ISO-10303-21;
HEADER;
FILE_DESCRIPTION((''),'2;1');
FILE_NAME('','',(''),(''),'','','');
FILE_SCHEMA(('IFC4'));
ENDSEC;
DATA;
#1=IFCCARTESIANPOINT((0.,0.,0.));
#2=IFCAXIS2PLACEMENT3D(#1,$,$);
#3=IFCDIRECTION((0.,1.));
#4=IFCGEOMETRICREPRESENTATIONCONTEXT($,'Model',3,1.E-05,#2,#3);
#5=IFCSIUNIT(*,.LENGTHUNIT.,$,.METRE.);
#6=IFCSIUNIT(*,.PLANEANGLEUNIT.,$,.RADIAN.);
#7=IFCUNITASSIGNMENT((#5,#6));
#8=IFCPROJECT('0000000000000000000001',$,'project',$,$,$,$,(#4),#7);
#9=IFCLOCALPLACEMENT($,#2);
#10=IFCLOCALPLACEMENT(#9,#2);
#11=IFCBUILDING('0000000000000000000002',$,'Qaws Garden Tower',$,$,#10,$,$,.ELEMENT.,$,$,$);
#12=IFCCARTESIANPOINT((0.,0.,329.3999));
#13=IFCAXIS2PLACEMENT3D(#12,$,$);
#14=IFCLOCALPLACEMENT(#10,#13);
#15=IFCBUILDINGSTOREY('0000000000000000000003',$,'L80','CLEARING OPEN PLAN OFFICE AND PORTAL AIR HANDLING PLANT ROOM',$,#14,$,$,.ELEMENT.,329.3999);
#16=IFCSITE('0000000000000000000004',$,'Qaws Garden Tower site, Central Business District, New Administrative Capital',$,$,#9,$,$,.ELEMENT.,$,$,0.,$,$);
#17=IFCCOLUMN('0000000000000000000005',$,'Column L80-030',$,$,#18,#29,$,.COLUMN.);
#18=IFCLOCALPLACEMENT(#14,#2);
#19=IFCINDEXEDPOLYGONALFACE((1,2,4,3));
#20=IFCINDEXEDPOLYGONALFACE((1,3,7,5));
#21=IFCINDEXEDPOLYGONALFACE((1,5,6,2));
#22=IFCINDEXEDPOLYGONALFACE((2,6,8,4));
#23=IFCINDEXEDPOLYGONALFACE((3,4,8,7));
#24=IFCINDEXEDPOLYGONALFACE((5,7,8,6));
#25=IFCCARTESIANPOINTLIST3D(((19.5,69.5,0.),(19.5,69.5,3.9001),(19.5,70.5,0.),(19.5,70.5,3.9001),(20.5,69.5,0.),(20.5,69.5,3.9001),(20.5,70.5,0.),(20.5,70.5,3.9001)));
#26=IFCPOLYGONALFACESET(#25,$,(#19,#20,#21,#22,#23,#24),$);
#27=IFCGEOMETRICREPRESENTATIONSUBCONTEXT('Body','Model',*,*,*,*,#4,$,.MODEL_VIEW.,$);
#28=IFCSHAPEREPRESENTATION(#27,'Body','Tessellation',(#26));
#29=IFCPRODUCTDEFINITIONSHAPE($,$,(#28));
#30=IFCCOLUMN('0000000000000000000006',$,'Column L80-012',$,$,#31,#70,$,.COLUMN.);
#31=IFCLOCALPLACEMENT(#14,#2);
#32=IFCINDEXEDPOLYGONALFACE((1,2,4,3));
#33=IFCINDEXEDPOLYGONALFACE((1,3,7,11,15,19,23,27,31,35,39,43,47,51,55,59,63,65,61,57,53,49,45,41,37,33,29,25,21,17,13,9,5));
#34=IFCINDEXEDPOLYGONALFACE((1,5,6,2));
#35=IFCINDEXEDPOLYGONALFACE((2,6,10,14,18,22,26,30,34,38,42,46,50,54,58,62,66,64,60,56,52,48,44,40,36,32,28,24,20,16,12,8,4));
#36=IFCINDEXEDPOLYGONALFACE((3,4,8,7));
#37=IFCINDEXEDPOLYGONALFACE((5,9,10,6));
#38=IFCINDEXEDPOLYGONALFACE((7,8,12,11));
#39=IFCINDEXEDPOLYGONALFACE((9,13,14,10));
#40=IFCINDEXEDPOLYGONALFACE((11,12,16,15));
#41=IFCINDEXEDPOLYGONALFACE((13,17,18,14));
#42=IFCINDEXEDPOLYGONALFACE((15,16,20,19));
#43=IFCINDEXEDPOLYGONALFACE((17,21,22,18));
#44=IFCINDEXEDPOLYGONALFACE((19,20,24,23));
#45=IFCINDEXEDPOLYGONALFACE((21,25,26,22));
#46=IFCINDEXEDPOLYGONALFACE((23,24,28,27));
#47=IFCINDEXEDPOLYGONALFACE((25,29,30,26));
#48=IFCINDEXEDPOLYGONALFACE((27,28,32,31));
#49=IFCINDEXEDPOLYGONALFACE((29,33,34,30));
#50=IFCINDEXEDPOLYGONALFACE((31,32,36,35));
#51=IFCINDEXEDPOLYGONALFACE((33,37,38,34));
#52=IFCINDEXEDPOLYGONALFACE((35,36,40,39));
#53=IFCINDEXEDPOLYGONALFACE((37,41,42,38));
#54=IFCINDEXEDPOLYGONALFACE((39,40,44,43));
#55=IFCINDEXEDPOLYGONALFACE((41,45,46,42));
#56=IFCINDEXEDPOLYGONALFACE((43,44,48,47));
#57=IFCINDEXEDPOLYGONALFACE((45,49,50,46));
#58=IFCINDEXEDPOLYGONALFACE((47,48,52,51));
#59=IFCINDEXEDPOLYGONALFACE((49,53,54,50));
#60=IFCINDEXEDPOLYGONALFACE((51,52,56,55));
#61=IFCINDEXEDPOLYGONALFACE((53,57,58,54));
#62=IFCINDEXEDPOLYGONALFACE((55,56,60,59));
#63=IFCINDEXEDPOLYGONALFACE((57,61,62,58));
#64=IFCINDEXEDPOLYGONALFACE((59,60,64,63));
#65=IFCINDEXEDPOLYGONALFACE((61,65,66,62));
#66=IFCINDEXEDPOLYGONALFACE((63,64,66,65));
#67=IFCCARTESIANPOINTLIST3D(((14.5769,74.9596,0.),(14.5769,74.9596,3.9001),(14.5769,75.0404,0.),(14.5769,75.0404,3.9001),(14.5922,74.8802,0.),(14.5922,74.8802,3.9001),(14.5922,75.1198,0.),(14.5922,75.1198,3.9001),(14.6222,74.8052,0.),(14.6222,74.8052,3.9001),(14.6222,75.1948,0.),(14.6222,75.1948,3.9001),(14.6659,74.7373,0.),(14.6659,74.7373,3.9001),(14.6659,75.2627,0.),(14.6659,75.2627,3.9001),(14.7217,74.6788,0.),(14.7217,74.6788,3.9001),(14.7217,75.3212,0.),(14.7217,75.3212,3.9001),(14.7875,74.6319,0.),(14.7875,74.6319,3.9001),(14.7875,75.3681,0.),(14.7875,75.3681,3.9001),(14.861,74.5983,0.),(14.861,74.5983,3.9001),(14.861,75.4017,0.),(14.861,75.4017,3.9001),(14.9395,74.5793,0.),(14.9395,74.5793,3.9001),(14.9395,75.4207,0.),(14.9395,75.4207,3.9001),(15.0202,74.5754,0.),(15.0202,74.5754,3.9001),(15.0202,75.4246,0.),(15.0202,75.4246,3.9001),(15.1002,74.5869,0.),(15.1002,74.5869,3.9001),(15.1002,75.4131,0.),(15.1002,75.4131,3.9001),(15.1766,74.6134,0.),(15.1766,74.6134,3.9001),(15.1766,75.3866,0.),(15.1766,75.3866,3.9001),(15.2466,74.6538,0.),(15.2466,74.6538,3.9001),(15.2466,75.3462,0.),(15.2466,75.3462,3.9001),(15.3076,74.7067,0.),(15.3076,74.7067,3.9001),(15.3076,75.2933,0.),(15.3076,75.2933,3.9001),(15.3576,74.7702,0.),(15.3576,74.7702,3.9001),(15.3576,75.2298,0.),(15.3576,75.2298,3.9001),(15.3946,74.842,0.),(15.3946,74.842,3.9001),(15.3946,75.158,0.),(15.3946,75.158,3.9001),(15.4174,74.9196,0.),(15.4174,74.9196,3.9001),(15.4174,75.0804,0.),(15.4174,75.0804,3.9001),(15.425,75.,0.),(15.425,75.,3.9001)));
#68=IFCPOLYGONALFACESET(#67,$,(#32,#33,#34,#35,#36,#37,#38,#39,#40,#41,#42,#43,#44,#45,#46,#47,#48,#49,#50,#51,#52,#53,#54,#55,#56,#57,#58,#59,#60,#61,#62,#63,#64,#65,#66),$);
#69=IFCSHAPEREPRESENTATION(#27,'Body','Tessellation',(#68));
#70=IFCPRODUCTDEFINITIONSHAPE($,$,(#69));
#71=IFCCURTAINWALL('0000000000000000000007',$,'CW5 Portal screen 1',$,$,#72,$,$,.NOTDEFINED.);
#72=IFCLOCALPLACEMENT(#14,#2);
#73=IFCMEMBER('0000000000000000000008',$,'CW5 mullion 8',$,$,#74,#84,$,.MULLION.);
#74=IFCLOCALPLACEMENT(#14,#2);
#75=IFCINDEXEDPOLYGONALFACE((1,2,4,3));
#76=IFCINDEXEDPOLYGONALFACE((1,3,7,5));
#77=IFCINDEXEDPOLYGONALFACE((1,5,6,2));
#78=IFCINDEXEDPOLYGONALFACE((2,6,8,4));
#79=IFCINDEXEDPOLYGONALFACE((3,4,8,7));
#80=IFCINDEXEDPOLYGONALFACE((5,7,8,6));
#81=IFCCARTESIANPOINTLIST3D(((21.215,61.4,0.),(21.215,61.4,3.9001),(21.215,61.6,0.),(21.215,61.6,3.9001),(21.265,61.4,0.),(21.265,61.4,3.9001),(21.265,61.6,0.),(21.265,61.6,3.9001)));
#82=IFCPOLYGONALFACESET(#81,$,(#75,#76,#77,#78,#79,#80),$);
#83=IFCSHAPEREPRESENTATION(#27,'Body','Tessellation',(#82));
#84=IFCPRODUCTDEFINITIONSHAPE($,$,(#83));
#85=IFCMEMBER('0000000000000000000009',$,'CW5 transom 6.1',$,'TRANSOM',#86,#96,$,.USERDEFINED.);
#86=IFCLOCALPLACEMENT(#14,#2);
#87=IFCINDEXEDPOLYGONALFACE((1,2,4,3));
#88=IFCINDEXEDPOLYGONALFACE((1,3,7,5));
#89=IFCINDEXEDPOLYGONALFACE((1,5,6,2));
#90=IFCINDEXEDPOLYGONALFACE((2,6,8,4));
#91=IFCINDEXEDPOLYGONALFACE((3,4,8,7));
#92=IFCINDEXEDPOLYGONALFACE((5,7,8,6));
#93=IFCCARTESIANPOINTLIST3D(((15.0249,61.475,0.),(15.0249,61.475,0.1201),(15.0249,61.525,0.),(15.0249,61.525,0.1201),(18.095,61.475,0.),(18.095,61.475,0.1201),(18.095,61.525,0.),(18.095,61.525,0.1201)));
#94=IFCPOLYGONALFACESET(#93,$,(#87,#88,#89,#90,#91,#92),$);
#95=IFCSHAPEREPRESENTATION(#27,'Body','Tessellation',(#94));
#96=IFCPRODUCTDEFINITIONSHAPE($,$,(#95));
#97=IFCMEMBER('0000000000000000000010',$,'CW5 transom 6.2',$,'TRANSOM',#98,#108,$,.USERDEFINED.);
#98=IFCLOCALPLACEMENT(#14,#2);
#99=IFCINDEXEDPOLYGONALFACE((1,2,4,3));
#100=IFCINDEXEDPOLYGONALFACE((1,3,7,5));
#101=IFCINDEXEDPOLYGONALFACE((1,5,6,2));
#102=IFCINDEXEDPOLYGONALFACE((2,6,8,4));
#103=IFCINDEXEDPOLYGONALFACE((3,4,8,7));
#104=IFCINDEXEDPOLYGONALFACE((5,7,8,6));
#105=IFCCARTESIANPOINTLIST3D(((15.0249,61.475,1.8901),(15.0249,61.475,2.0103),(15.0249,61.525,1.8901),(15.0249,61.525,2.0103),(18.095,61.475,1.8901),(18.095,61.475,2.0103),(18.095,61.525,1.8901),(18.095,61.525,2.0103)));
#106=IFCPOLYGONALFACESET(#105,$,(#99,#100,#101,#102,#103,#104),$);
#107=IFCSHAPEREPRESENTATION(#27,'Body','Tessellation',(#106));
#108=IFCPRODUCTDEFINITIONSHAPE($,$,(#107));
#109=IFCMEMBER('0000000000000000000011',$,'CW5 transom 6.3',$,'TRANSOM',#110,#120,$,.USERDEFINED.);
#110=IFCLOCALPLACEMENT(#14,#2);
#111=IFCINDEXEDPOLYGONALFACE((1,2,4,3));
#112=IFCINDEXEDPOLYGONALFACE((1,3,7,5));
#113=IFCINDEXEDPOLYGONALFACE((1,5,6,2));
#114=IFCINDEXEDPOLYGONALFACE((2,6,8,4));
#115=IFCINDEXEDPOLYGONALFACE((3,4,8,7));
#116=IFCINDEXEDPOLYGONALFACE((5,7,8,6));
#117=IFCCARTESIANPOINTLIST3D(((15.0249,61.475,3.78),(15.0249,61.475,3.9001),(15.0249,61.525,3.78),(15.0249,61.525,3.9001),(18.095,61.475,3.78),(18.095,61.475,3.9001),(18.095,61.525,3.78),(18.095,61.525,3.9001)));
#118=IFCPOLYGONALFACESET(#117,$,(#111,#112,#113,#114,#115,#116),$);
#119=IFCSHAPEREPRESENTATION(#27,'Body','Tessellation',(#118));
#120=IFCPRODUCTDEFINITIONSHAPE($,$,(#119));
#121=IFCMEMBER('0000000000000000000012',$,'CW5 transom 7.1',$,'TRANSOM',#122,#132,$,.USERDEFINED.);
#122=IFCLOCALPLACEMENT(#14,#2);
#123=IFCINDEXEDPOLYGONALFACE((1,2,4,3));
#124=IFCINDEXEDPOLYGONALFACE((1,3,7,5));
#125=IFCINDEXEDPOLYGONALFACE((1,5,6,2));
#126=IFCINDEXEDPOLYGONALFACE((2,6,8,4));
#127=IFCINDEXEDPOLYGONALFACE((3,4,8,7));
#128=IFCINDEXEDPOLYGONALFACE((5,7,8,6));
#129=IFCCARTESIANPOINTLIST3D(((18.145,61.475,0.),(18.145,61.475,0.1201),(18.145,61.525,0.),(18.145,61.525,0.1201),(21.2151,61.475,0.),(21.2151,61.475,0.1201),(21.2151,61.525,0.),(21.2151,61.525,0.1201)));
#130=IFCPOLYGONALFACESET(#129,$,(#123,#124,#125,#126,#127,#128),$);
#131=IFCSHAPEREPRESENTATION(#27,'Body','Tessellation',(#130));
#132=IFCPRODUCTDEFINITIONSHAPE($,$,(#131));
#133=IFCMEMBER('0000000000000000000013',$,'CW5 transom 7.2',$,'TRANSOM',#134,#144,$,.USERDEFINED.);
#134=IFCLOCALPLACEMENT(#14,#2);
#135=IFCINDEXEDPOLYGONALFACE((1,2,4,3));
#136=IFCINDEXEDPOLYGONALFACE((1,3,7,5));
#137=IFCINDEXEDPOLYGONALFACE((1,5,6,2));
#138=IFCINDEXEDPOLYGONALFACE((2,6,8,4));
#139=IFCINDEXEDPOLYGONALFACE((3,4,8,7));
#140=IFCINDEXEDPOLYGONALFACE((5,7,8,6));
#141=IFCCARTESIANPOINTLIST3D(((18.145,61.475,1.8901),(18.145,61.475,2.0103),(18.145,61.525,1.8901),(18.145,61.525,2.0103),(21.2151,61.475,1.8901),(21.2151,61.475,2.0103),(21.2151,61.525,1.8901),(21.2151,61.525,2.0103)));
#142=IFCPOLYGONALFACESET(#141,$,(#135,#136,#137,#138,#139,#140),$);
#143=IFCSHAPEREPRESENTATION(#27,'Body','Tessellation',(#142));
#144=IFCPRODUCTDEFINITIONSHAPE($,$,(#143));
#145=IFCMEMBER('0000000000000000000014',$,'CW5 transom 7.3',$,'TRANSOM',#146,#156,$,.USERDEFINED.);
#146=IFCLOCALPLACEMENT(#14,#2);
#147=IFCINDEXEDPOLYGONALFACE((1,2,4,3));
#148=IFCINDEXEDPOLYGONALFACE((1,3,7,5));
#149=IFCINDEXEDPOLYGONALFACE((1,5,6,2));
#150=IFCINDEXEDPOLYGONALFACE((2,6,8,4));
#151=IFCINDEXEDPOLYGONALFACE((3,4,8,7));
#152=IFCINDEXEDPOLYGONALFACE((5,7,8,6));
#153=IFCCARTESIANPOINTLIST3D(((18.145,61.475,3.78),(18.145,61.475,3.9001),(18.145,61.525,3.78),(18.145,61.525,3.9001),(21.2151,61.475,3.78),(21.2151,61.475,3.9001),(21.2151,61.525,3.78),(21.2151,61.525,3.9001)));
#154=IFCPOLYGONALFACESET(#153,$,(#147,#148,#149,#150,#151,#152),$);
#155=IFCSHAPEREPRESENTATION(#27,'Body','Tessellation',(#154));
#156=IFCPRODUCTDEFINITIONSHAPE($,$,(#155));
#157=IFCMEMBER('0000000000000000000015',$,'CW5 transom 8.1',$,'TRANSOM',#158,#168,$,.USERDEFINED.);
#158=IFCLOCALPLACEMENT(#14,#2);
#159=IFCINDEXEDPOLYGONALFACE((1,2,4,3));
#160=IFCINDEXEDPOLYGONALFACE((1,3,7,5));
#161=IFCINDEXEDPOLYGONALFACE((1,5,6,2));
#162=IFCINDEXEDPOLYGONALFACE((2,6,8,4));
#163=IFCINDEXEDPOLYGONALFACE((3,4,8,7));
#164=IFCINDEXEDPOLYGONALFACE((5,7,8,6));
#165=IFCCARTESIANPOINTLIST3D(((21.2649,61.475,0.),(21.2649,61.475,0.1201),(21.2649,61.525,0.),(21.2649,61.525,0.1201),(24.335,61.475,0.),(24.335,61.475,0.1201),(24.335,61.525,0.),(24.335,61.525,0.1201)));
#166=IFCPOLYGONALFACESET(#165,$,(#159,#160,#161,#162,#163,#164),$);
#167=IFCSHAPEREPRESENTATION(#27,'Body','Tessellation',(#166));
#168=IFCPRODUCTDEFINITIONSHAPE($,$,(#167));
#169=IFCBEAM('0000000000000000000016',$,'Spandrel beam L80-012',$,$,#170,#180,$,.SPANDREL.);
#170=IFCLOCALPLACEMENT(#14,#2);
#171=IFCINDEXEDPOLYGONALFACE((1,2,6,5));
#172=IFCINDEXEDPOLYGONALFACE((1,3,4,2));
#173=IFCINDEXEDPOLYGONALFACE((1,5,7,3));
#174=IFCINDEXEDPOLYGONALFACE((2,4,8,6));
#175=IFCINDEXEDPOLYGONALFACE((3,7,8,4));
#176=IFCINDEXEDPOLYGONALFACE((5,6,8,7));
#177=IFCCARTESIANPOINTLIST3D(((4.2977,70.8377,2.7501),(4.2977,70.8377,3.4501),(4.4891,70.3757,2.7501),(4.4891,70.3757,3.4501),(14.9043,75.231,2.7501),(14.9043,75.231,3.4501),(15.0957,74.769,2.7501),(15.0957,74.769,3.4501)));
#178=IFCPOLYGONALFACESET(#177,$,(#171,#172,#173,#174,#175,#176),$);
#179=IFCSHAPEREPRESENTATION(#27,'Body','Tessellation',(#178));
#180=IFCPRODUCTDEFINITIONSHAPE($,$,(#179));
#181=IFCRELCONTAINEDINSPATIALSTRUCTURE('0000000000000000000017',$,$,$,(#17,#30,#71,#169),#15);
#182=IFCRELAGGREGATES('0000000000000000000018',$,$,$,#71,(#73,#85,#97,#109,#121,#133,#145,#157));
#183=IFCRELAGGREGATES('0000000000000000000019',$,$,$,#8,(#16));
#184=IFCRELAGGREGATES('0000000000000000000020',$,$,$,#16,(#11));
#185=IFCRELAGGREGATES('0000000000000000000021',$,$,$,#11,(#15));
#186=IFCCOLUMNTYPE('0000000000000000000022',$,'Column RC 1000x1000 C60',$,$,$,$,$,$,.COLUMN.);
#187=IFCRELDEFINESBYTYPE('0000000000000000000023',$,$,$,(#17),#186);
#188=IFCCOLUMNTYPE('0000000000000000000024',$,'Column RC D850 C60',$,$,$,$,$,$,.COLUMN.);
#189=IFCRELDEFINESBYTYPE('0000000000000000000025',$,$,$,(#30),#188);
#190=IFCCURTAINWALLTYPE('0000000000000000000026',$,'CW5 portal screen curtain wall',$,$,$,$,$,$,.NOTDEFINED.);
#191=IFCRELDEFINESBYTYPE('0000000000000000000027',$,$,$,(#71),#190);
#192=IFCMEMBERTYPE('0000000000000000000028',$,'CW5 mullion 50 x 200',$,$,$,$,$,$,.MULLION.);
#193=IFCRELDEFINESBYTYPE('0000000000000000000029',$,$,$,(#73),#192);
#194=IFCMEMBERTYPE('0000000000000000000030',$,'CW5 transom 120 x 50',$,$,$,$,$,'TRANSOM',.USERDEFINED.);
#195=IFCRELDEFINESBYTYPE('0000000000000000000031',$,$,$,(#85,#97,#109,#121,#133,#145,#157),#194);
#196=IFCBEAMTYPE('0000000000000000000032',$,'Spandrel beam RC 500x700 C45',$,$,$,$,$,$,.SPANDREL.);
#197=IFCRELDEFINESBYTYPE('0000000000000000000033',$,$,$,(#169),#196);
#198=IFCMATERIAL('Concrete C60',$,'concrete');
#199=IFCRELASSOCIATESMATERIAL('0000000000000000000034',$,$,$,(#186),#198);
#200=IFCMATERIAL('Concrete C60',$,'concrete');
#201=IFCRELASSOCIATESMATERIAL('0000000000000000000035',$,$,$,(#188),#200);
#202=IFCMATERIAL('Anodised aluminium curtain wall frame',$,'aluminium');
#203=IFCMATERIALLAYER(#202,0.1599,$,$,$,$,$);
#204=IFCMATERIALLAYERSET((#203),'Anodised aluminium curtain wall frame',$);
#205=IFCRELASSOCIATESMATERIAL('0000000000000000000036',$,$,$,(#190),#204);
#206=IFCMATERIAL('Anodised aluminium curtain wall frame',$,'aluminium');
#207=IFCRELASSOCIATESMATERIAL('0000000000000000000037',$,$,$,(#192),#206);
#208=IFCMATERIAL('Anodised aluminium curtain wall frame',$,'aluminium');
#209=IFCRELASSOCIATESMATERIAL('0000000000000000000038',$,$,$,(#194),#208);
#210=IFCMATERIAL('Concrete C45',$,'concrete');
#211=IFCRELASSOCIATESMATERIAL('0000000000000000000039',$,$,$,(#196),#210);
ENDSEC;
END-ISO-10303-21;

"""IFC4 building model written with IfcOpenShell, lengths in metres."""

from ifc_helpers import new_model, si_unit, direction, frame, origin, origin_2d, place, context, subcontext, project, spatial, rectangle, circle, extrude, material, layer, layer_set, material_profile, profile_set, type_object, element, aggregate, save


model = new_model("IFC4")

# Units and contexts
model_context = context("Model", 3, precision=1e-05, world=origin(), true_north=direction((0.0, 1.0)))
body_context = subcontext(model_context, "Body", "Model", "MODEL_VIEW")
ifc_project = project(units=[si_unit("LENGTHUNIT", "METRE"), si_unit("PLANEANGLEUNIT", "RADIAN")], contexts=[model_context])

# Site, building, storey
site_placement = place(None, origin())
site = spatial("IfcSite", under=ifc_project, at=site_placement, Name="Qaws Garden Tower site, Central Business District, New Administrative Capital", CompositionType="ELEMENT", RefElevation=0.0)
building_placement = place(site_placement, origin())
building = spatial("IfcBuilding", under=site, at=building_placement, Name="Qaws Garden Tower", CompositionType="ELEMENT")
storey_placement = place(building_placement, frame((0.0, 0.0, 329.3999)))
storey = spatial("IfcBuildingStorey", under=building, at=storey_placement, Name="L80", Description="CLEARING OPEN PLAN OFFICE AND PORTAL AIR HANDLING PLANT ROOM", CompositionType="ELEMENT", Elevation=329.3999)

# Columns
ifc_material_1 = material(Name="Concrete C60", Category="concrete")
ifc_material_profile_1 = material_profile(ifc_material_1, rectangle(XDim=1.0, YDim=1.0, at=origin_2d()), Name="RC 1000x1000")
ifc_profile_set_1 = profile_set([ifc_material_profile_1], Name="Concrete C60")
column_type_1 = type_object("IfcColumnType", Name="Column RC 1000x1000 C60", PredefinedType="COLUMN", material=ifc_profile_set_1)
column_1_placement = place(storey_placement, frame((20.0, 70.0, 0.0), z_axis=(0.0, 0.0, 1.0), x_axis=(1.0, 0.0, 0.0)))
element("IfcColumn", 1, at=column_1_placement, inside=storey, type_object=column_type_1, Name="Column L80-030", PredefinedType="COLUMN", context=body_context, shape_type="SweptSolid", body=[
    extrude(rectangle(XDim=1.0, YDim=1.0, at=origin_2d()), origin(), (0.0, 0.0, 1.0), 3.9001),
])
ifc_material_2 = material(Name="Concrete C60", Category="concrete")
ifc_material_profile_2 = material_profile(ifc_material_2, circle(Radius=0.425, at=origin_2d()), Name="RC D850")
ifc_profile_set_2 = profile_set([ifc_material_profile_2], Name="Concrete C60")
column_type_2 = type_object("IfcColumnType", Name="Column RC D850 C60", PredefinedType="COLUMN", material=ifc_profile_set_2)
column_2_placement = place(storey_placement, frame((15.0, 75.0, 0.0), z_axis=(0.0, 0.0, 1.0), x_axis=(1.0, 0.0, 0.0)))
element("IfcColumn", 2, at=column_2_placement, inside=storey, type_object=column_type_2, Name="Column L80-012", PredefinedType="COLUMN", context=body_context, shape_type="SweptSolid", body=[
    extrude(circle(Radius=0.425, at=origin_2d()), origin(), (0.0, 0.0, 1.0), 3.9001),
])

# Curtain wall, members
ifc_material_3 = material(Name="Anodised aluminium curtain wall frame", Category="aluminium")
ifc_layer_1 = layer(ifc_material_3, 0.1599)
ifc_layer_set_1 = layer_set([ifc_layer_1], Name="Anodised aluminium curtain wall frame")
curtain_wall_type = type_object("IfcCurtainWallType", Name="CW5 portal screen curtain wall", PredefinedType="NOTDEFINED", material=ifc_layer_set_1)
placement = place(storey_placement, origin())
curtain_wall = element("IfcCurtainWall", 3, at=placement, inside=storey, type_object=curtain_wall_type, Name="CW5 Portal screen 1", PredefinedType="NOTDEFINED")
ifc_material_4 = material(Name="Anodised aluminium curtain wall frame", Category="aluminium")
ifc_material_profile_3 = material_profile(ifc_material_4, rectangle(XDim=0.2, YDim=0.05, at=origin_2d()), Name="AL 50x200")
ifc_profile_set_3 = profile_set([ifc_material_profile_3], Name="Anodised aluminium curtain wall frame")
member_type_1 = type_object("IfcMemberType", Name="CW5 mullion 50 x 200", PredefinedType="MULLION", material=ifc_profile_set_3)
member_1_placement = place(storey_placement, frame((21.24, 61.5, 0.0), z_axis=(0.0, 0.0, 1.0), x_axis=(0.0, 1.0, 0.0)))
member_1 = element("IfcMember", 4, at=member_1_placement, type_object=member_type_1, Name="CW5 mullion 8", PredefinedType="MULLION", context=body_context, shape_type="SweptSolid", body=[
    extrude(rectangle(XDim=0.2, YDim=0.05, at=origin_2d()), origin(), (0.0, 0.0, 1.0), 3.9001),
])
ifc_material_5 = material(Name="Anodised aluminium curtain wall frame", Category="aluminium")
ifc_material_profile_4 = material_profile(ifc_material_5, rectangle(XDim=0.05, YDim=0.1201, at=origin_2d()), Name="AL 50x120")
ifc_profile_set_4 = profile_set([ifc_material_profile_4], Name="Anodised aluminium curtain wall frame")
member_type_2 = type_object("IfcMemberType", Name="CW5 transom 120 x 50", ElementType="TRANSOM", PredefinedType="USERDEFINED", material=ifc_profile_set_4)
member_2_placement = place(storey_placement, frame((15.0249, 61.5, 0.0601), z_axis=(1.0, 0.0, 0.0), x_axis=(0.0, 1.0, 0.0)))
member_2 = element("IfcMember", 5, at=member_2_placement, type_object=member_type_2, Name="CW5 transom 6.1", ObjectType="TRANSOM", PredefinedType="USERDEFINED", context=body_context, shape_type="SweptSolid", body=[
    extrude(rectangle(XDim=0.05, YDim=0.1201, at=origin_2d()), origin(), (0.0, 0.0, 1.0), 3.0701),
])
member_3_placement = place(storey_placement, frame((15.0249, 61.5, 1.9502), z_axis=(1.0, 0.0, 0.0), x_axis=(0.0, 1.0, 0.0)))
member_3 = element("IfcMember", 6, at=member_3_placement, type_object=member_type_2, Name="CW5 transom 6.2", ObjectType="TRANSOM", PredefinedType="USERDEFINED", context=body_context, shape_type="SweptSolid", body=[
    extrude(rectangle(XDim=0.05, YDim=0.1201, at=origin_2d()), origin(), (0.0, 0.0, 1.0), 3.0701),
])
member_4_placement = place(storey_placement, frame((15.0249, 61.5, 3.8401), z_axis=(1.0, 0.0, 0.0), x_axis=(0.0, 1.0, 0.0)))
member_4 = element("IfcMember", 7, at=member_4_placement, type_object=member_type_2, Name="CW5 transom 6.3", ObjectType="TRANSOM", PredefinedType="USERDEFINED", context=body_context, shape_type="SweptSolid", body=[
    extrude(rectangle(XDim=0.05, YDim=0.1201, at=origin_2d()), origin(), (0.0, 0.0, 1.0), 3.0701),
])
member_5_placement = place(storey_placement, frame((18.145, 61.5, 0.0601), z_axis=(1.0, 0.0, 0.0), x_axis=(0.0, 1.0, 0.0)))
member_5 = element("IfcMember", 8, at=member_5_placement, type_object=member_type_2, Name="CW5 transom 7.1", ObjectType="TRANSOM", PredefinedType="USERDEFINED", context=body_context, shape_type="SweptSolid", body=[
    extrude(rectangle(XDim=0.05, YDim=0.1201, at=origin_2d()), origin(), (0.0, 0.0, 1.0), 3.0701),
])
member_6_placement = place(storey_placement, frame((18.145, 61.5, 1.9502), z_axis=(1.0, 0.0, 0.0), x_axis=(0.0, 1.0, 0.0)))
member_6 = element("IfcMember", 9, at=member_6_placement, type_object=member_type_2, Name="CW5 transom 7.2", ObjectType="TRANSOM", PredefinedType="USERDEFINED", context=body_context, shape_type="SweptSolid", body=[
    extrude(rectangle(XDim=0.05, YDim=0.1201, at=origin_2d()), origin(), (0.0, 0.0, 1.0), 3.0701),
])
member_7_placement = place(storey_placement, frame((18.145, 61.5, 3.8401), z_axis=(1.0, 0.0, 0.0), x_axis=(0.0, 1.0, 0.0)))
member_7 = element("IfcMember", 10, at=member_7_placement, type_object=member_type_2, Name="CW5 transom 7.3", ObjectType="TRANSOM", PredefinedType="USERDEFINED", context=body_context, shape_type="SweptSolid", body=[
    extrude(rectangle(XDim=0.05, YDim=0.1201, at=origin_2d()), origin(), (0.0, 0.0, 1.0), 3.0701),
])
member_8_placement = place(storey_placement, frame((21.2649, 61.5, 0.0601), z_axis=(1.0, 0.0, 0.0), x_axis=(0.0, 1.0, 0.0)))
member_8 = element("IfcMember", 11, at=member_8_placement, type_object=member_type_2, Name="CW5 transom 8.1", ObjectType="TRANSOM", PredefinedType="USERDEFINED", context=body_context, shape_type="SweptSolid", body=[
    extrude(rectangle(XDim=0.05, YDim=0.1201, at=origin_2d()), origin(), (0.0, 0.0, 1.0), 3.0701),
])

# Beam
ifc_material_6 = material(Name="Concrete C45", Category="concrete")
ifc_material_profile_5 = material_profile(ifc_material_6, rectangle(XDim=0.5, YDim=0.7, at=origin_2d()), Name="RC 500x700")
ifc_profile_set_5 = profile_set([ifc_material_profile_5], Name="Concrete C45")
beam_type = type_object("IfcBeamType", Name="Spandrel beam RC 500x700 C45", PredefinedType="SPANDREL", material=ifc_profile_set_5)
beam_placement = place(storey_placement, frame((15.0, 75.0, 3.1001), z_axis=(-0.923883, -0.382674, 0.0), x_axis=(0.382674, -0.923883, 0.0)))
element("IfcBeam", 12, at=beam_placement, inside=storey, type_object=beam_type, Name="Spandrel beam L80-012", PredefinedType="SPANDREL", context=body_context, shape_type="SweptSolid", body=[
    extrude(rectangle(XDim=0.5, YDim=0.7, at=origin_2d()), origin(), (0.0, 0.0, 1.0), 11.4805),
])

aggregate(curtain_wall, [member_1, member_2, member_3, member_4, member_5, member_6, member_7, member_8])

save(model, "model.ifc")
